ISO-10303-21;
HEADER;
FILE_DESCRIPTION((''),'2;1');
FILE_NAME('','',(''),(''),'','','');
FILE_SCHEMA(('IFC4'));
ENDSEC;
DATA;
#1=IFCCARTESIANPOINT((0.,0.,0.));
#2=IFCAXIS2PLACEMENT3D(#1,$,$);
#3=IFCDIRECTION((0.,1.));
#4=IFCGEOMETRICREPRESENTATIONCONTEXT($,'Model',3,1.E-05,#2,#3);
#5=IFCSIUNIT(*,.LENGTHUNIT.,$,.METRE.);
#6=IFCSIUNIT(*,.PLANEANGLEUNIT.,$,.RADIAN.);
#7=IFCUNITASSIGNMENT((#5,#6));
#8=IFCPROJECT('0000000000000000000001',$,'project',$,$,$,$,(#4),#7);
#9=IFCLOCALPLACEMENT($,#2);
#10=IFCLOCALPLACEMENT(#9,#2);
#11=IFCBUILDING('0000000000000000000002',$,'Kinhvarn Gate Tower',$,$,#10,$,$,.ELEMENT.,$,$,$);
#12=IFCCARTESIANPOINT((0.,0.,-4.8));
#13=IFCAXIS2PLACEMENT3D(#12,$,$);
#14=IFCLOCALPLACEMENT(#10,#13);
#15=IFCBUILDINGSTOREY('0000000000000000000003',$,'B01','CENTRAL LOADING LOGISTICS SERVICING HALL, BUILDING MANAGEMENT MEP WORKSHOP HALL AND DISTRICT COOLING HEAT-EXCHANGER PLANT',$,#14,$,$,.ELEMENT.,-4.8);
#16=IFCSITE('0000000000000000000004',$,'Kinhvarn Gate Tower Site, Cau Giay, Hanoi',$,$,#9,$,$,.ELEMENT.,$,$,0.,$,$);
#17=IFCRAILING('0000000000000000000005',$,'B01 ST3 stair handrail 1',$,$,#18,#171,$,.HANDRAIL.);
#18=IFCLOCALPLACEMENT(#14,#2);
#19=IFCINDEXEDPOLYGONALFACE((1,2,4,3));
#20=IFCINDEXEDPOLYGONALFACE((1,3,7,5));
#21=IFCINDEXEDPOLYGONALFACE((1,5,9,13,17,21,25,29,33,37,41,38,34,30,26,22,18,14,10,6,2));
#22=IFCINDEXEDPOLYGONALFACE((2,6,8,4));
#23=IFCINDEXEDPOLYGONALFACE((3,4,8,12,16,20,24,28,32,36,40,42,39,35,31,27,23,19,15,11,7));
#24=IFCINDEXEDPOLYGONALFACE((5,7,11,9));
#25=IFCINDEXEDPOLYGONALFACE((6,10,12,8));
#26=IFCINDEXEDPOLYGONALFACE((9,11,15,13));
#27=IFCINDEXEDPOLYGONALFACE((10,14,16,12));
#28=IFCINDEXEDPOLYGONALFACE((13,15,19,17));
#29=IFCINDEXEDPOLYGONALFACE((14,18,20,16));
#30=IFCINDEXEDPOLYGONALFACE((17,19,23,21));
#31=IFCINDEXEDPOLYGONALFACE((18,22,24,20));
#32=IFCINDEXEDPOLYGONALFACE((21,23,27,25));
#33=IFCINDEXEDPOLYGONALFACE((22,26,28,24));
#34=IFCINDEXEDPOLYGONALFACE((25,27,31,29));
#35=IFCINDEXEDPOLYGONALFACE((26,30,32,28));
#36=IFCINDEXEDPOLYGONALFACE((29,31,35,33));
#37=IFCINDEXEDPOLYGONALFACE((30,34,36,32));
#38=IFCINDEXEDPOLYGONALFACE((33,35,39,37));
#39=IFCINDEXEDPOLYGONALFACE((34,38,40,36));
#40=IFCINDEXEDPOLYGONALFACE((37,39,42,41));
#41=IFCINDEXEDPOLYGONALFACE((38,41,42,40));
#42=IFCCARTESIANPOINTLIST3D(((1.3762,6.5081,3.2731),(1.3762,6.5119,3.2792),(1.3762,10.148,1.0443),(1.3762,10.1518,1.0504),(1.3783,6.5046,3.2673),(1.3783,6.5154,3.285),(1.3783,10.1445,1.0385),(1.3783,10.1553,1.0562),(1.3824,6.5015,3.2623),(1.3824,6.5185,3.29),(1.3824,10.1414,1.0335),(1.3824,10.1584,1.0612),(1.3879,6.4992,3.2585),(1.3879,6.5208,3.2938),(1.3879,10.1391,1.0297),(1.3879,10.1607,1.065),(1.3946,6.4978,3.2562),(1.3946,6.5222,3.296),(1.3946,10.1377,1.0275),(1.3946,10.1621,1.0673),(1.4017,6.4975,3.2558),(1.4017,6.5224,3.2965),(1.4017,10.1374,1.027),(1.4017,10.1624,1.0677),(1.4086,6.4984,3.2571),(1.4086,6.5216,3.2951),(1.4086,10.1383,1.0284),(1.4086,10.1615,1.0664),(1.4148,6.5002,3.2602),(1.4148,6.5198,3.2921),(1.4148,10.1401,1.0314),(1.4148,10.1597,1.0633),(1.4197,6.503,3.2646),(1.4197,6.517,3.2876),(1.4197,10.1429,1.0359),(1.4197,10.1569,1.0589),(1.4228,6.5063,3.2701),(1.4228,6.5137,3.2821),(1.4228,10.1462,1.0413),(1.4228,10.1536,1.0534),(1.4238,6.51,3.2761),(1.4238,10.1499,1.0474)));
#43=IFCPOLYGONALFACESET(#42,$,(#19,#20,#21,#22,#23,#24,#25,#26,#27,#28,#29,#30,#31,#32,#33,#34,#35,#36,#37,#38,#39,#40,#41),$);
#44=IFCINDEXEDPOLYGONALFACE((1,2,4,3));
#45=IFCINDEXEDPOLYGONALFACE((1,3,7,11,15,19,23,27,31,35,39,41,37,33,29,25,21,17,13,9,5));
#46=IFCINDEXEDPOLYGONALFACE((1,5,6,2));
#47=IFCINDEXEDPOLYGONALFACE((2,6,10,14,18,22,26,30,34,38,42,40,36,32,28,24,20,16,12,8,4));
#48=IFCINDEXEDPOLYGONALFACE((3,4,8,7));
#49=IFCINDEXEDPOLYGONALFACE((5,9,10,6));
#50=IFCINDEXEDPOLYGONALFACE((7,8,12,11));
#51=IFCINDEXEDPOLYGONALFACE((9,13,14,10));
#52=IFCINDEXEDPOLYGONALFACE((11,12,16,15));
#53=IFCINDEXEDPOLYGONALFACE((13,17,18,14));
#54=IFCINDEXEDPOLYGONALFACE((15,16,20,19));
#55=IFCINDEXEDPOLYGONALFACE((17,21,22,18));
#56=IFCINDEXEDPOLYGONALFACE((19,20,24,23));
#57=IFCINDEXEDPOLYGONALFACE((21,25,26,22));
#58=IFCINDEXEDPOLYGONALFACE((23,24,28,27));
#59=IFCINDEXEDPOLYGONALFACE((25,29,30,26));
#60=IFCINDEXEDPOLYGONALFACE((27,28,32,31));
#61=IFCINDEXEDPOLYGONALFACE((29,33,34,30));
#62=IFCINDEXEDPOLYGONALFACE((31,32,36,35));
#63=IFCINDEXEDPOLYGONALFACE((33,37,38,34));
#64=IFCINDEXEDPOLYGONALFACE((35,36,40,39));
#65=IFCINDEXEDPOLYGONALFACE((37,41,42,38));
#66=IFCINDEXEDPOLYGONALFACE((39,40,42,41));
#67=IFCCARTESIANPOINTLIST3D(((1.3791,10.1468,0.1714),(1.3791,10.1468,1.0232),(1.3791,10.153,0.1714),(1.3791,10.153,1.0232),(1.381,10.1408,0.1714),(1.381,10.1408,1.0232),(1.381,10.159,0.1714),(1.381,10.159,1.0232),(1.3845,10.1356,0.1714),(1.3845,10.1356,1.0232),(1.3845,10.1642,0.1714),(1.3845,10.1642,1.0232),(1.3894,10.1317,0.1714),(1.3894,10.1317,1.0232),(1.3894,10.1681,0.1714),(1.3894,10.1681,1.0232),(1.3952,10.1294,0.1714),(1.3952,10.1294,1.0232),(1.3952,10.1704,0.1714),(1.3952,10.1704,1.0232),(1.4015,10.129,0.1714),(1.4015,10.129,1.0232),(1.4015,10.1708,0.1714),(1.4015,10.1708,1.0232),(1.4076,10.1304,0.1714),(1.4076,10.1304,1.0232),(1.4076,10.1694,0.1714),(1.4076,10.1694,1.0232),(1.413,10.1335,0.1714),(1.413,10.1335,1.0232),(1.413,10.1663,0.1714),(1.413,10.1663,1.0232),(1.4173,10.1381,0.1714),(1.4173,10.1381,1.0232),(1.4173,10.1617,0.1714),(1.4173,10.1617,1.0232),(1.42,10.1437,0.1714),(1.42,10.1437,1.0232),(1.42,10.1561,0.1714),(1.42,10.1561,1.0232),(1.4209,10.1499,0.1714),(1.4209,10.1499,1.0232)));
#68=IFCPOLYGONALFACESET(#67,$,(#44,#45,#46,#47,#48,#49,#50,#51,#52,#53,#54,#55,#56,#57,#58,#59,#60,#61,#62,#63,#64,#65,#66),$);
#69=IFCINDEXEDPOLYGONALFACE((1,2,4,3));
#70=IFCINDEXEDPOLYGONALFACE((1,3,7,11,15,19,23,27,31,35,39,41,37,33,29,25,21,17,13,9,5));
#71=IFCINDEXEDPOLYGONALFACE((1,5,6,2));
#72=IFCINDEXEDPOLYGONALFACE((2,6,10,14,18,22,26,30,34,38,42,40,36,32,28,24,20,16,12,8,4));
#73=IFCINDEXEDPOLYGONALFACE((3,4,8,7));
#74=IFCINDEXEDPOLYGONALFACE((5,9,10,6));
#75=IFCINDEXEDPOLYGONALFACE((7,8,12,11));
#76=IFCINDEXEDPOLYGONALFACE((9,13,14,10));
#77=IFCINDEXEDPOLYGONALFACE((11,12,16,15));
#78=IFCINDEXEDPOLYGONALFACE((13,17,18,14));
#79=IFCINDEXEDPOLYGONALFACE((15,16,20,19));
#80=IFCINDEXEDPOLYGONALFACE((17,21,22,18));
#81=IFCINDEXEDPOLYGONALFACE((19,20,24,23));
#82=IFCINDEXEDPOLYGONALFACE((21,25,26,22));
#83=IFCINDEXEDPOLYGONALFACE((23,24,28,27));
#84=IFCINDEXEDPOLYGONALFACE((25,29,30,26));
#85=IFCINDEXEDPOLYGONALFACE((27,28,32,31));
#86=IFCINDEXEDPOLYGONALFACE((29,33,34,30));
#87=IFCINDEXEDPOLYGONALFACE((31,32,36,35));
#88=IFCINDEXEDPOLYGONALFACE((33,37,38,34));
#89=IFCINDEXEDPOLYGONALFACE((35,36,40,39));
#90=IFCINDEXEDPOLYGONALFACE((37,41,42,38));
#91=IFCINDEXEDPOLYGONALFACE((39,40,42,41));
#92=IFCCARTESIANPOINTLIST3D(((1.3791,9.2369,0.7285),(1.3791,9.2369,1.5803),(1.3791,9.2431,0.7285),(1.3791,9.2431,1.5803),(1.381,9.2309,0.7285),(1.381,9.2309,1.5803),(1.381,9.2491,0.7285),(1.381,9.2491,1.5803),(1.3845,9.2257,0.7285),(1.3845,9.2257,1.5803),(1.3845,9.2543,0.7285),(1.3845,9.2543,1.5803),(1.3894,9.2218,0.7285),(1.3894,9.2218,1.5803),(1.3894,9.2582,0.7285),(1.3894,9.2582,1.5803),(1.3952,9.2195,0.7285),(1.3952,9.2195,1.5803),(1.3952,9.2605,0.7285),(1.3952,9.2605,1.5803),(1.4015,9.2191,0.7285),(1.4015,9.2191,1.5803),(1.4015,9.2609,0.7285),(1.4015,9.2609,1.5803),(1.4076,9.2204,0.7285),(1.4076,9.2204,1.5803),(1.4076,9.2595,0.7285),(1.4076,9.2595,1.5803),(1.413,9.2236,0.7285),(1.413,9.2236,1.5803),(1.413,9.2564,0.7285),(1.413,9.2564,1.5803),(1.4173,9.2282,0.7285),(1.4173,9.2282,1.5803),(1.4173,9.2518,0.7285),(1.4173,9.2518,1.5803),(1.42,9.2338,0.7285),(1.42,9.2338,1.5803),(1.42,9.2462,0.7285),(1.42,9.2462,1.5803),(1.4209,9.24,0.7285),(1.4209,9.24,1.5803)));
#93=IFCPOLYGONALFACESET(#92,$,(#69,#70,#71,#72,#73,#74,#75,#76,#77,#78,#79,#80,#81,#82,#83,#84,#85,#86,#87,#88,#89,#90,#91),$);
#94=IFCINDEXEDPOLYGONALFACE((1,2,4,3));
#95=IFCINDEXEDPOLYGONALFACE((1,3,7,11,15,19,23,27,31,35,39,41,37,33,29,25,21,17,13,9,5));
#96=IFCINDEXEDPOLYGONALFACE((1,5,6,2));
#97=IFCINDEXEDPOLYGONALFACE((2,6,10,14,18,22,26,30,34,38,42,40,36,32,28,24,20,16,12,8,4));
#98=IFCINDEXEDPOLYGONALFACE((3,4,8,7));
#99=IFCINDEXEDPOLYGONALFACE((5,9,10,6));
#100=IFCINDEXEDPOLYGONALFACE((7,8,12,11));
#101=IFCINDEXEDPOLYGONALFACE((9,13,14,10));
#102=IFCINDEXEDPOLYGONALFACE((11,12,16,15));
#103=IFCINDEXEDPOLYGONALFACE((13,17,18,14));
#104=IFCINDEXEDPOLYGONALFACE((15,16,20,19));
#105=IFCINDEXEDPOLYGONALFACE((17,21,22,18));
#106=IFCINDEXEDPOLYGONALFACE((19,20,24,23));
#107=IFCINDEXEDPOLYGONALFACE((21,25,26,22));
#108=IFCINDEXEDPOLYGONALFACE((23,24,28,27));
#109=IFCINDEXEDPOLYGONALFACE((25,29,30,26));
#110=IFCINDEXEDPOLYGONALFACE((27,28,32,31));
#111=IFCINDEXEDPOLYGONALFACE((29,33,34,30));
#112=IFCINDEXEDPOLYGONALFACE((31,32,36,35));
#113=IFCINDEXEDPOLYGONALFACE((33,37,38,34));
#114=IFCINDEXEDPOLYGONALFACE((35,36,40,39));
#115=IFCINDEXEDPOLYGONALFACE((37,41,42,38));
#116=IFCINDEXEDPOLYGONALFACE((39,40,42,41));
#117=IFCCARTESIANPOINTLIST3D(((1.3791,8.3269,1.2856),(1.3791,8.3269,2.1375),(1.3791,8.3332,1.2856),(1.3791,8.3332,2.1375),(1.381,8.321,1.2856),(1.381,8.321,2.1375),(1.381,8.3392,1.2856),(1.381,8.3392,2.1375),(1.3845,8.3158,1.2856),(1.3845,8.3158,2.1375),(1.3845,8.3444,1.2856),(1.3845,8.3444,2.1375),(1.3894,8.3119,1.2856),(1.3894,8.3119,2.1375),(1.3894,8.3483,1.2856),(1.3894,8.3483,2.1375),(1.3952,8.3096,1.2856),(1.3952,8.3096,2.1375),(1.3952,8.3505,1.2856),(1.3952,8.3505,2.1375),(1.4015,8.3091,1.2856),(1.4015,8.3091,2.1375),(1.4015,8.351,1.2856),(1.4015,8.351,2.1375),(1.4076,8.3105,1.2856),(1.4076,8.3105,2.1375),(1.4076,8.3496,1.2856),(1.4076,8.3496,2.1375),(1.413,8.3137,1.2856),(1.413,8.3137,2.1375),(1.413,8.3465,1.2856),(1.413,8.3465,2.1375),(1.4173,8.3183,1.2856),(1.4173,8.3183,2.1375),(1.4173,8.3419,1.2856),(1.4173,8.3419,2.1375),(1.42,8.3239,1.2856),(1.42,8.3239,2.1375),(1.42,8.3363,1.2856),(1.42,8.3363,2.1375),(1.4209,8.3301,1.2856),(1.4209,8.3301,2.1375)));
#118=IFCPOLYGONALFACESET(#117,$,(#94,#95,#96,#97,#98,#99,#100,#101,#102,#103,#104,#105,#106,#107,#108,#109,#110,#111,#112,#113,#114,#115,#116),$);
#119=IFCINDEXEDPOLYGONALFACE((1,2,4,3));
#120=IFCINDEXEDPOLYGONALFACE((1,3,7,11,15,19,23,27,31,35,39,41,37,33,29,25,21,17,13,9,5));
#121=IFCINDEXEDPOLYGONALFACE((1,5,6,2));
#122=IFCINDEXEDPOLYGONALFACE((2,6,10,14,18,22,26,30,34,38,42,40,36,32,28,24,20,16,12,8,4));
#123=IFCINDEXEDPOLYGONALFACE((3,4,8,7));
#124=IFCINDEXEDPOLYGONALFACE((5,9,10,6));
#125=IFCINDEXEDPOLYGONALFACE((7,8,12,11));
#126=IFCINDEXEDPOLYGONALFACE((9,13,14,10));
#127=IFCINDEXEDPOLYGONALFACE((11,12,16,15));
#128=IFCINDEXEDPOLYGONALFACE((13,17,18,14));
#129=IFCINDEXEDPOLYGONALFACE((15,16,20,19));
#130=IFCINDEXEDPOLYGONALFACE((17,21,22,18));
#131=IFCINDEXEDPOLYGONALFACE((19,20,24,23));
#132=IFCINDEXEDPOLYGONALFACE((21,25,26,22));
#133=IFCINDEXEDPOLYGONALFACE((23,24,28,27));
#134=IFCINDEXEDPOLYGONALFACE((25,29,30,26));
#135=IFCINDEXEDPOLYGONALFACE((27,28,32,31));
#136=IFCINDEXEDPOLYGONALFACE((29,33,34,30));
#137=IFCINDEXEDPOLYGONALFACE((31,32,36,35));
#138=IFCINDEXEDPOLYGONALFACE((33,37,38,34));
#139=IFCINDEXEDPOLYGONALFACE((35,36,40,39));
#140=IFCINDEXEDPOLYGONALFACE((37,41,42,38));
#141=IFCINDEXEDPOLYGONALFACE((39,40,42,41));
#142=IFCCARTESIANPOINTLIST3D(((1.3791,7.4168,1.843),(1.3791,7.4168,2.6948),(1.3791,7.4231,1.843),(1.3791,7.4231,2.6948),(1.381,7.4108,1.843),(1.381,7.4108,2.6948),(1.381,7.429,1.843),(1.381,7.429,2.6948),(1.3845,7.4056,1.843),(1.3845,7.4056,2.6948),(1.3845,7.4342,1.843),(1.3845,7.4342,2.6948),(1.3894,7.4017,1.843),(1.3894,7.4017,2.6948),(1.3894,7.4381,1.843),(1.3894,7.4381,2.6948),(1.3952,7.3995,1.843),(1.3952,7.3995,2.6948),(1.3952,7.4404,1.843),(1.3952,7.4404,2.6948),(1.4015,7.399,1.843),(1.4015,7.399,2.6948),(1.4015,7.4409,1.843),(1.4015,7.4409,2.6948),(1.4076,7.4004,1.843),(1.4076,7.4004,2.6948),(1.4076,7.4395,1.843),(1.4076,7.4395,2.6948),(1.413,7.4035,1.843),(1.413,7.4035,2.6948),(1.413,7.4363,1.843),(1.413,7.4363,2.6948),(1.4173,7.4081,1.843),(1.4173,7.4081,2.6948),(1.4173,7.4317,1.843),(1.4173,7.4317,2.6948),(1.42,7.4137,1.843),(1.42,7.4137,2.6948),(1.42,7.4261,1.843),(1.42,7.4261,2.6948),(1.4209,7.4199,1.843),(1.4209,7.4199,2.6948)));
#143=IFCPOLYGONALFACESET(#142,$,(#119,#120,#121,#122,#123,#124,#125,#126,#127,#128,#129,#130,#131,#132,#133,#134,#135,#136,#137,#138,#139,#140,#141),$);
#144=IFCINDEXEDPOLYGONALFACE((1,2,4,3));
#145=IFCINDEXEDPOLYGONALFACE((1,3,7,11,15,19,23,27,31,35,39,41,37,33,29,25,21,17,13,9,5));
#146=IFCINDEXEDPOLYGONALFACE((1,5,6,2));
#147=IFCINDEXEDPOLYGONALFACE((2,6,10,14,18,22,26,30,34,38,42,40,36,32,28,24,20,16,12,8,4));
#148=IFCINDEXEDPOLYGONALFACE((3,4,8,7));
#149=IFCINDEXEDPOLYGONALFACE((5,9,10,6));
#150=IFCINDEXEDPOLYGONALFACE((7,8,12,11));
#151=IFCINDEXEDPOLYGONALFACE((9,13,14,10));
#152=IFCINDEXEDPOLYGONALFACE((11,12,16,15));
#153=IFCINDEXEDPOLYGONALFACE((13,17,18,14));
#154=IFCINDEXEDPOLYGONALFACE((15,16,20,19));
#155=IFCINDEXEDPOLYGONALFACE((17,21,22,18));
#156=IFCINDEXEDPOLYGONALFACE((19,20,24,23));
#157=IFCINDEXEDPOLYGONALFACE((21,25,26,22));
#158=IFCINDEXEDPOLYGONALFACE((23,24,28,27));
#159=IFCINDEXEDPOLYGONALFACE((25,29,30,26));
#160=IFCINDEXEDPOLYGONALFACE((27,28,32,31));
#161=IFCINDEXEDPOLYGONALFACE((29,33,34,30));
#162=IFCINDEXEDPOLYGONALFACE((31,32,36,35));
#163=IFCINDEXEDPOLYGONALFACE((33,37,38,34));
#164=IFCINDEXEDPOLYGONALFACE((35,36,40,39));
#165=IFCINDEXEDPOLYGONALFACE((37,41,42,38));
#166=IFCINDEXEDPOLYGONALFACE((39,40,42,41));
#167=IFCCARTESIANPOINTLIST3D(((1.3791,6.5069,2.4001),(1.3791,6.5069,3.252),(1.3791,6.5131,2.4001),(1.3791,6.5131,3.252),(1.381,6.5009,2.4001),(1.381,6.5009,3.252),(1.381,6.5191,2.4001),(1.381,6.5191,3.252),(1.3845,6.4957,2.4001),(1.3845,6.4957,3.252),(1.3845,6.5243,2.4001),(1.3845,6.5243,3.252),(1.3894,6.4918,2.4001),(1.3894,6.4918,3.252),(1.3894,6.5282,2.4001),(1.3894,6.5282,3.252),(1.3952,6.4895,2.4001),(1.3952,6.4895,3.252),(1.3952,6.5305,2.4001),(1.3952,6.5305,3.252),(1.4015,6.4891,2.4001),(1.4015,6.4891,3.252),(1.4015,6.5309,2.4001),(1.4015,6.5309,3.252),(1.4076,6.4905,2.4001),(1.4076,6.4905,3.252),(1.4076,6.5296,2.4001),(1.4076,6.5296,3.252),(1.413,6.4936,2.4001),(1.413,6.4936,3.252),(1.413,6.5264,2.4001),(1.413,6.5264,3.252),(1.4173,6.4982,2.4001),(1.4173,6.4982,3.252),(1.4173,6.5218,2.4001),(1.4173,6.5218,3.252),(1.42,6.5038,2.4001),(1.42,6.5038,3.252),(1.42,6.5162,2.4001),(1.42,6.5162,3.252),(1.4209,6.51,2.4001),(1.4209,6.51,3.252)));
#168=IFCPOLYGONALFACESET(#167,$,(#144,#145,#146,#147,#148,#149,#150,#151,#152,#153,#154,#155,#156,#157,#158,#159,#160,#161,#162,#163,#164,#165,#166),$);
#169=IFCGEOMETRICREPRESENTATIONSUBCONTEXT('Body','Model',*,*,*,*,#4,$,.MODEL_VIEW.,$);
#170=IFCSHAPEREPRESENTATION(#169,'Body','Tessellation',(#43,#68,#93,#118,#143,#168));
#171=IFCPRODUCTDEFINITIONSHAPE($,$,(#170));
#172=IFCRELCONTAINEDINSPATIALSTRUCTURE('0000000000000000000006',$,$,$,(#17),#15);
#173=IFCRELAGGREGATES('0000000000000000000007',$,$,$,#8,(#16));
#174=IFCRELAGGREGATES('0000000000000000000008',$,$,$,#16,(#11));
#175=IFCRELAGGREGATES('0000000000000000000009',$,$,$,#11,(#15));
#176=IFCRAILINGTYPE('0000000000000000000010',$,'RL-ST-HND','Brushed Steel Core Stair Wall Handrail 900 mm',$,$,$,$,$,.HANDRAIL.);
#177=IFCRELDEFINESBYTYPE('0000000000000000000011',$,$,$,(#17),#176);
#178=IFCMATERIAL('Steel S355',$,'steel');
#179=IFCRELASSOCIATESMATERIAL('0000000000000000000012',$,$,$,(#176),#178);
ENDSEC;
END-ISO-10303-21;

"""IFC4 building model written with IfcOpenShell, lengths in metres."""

from ifc_helpers import new_model, si_unit, direction, frame, origin, origin_2d, place, context, subcontext, project, spatial, circle, extrude, material, type_object, element, save


model = new_model("IFC4")

# Units and contexts
model_context = context("Model", 3, precision=1e-05, world=origin(), true_north=direction((0.0, 1.0)))
body_context = subcontext(model_context, "Body", "Model", "MODEL_VIEW")
ifc_project = project(units=[si_unit("LENGTHUNIT", "METRE"), si_unit("PLANEANGLEUNIT", "RADIAN")], contexts=[model_context])

# Site, building, storey
site_placement = place(None, origin())
site = spatial("IfcSite", under=ifc_project, at=site_placement, Name="Kinhvarn Gate Tower Site, Cau Giay, Hanoi", CompositionType="ELEMENT", RefElevation=0.0)
building_placement = place(site_placement, origin())
building = spatial("IfcBuilding", under=site, at=building_placement, Name="Kinhvarn Gate Tower", CompositionType="ELEMENT")
storey_placement = place(building_placement, frame((0.0, 0.0, -4.8)))
storey = spatial("IfcBuildingStorey", under=building, at=storey_placement, Name="B01", Description="CENTRAL LOADING LOGISTICS SERVICING HALL, BUILDING MANAGEMENT MEP WORKSHOP HALL AND DISTRICT COOLING HEAT-EXCHANGER PLANT", CompositionType="ELEMENT", Elevation=-4.8)

# Shared definitions
ifc_material_1 = material(Name="Steel S355", Category="steel")

# Railing
railing_type_1 = type_object("IfcRailingType", Name="RL-ST-HND", Description="Brushed Steel Core Stair Wall Handrail 900 mm", PredefinedType="HANDRAIL", material=ifc_material_1)
railing_1_placement = place(storey_placement, frame((1.3999, 10.1499, 0.1714)))
element("IfcRailing", 1, at=railing_1_placement, inside=storey, type_object=railing_type_1, Name="B01 ST3 stair handrail 1", PredefinedType="HANDRAIL", context=body_context, shape_type="SweptSolid", body=[
    extrude(circle(Radius=0.0239, at=origin_2d()), frame((0.0, 0.0, 0.876), z_axis=(0.0, -0.852825, 0.522197), x_axis=(1.0, 0.0, 0.0)), (0.0, 0.0, 1.0), 4.2681),
    extrude(circle(Radius=0.021, at=origin_2d()), origin(), (0.0, 0.0, 1.0), 0.8518),
    extrude(circle(Radius=0.021, at=origin_2d()), frame((0.0, -0.9099, 0.5571)), (0.0, 0.0, 1.0), 0.8518),
    extrude(circle(Radius=0.021, at=origin_2d()), frame((0.0, -1.8198, 1.1143)), (0.0, 0.0, 1.0), 0.8518),
    extrude(circle(Radius=0.021, at=origin_2d()), frame((0.0, -2.73, 1.6716)), (0.0, 0.0, 1.0), 0.8518),
    extrude(circle(Radius=0.021, at=origin_2d()), frame((0.0, -3.6399, 2.2288)), (0.0, 0.0, 1.0), 0.8518),
])

save(model, "model.ifc")
